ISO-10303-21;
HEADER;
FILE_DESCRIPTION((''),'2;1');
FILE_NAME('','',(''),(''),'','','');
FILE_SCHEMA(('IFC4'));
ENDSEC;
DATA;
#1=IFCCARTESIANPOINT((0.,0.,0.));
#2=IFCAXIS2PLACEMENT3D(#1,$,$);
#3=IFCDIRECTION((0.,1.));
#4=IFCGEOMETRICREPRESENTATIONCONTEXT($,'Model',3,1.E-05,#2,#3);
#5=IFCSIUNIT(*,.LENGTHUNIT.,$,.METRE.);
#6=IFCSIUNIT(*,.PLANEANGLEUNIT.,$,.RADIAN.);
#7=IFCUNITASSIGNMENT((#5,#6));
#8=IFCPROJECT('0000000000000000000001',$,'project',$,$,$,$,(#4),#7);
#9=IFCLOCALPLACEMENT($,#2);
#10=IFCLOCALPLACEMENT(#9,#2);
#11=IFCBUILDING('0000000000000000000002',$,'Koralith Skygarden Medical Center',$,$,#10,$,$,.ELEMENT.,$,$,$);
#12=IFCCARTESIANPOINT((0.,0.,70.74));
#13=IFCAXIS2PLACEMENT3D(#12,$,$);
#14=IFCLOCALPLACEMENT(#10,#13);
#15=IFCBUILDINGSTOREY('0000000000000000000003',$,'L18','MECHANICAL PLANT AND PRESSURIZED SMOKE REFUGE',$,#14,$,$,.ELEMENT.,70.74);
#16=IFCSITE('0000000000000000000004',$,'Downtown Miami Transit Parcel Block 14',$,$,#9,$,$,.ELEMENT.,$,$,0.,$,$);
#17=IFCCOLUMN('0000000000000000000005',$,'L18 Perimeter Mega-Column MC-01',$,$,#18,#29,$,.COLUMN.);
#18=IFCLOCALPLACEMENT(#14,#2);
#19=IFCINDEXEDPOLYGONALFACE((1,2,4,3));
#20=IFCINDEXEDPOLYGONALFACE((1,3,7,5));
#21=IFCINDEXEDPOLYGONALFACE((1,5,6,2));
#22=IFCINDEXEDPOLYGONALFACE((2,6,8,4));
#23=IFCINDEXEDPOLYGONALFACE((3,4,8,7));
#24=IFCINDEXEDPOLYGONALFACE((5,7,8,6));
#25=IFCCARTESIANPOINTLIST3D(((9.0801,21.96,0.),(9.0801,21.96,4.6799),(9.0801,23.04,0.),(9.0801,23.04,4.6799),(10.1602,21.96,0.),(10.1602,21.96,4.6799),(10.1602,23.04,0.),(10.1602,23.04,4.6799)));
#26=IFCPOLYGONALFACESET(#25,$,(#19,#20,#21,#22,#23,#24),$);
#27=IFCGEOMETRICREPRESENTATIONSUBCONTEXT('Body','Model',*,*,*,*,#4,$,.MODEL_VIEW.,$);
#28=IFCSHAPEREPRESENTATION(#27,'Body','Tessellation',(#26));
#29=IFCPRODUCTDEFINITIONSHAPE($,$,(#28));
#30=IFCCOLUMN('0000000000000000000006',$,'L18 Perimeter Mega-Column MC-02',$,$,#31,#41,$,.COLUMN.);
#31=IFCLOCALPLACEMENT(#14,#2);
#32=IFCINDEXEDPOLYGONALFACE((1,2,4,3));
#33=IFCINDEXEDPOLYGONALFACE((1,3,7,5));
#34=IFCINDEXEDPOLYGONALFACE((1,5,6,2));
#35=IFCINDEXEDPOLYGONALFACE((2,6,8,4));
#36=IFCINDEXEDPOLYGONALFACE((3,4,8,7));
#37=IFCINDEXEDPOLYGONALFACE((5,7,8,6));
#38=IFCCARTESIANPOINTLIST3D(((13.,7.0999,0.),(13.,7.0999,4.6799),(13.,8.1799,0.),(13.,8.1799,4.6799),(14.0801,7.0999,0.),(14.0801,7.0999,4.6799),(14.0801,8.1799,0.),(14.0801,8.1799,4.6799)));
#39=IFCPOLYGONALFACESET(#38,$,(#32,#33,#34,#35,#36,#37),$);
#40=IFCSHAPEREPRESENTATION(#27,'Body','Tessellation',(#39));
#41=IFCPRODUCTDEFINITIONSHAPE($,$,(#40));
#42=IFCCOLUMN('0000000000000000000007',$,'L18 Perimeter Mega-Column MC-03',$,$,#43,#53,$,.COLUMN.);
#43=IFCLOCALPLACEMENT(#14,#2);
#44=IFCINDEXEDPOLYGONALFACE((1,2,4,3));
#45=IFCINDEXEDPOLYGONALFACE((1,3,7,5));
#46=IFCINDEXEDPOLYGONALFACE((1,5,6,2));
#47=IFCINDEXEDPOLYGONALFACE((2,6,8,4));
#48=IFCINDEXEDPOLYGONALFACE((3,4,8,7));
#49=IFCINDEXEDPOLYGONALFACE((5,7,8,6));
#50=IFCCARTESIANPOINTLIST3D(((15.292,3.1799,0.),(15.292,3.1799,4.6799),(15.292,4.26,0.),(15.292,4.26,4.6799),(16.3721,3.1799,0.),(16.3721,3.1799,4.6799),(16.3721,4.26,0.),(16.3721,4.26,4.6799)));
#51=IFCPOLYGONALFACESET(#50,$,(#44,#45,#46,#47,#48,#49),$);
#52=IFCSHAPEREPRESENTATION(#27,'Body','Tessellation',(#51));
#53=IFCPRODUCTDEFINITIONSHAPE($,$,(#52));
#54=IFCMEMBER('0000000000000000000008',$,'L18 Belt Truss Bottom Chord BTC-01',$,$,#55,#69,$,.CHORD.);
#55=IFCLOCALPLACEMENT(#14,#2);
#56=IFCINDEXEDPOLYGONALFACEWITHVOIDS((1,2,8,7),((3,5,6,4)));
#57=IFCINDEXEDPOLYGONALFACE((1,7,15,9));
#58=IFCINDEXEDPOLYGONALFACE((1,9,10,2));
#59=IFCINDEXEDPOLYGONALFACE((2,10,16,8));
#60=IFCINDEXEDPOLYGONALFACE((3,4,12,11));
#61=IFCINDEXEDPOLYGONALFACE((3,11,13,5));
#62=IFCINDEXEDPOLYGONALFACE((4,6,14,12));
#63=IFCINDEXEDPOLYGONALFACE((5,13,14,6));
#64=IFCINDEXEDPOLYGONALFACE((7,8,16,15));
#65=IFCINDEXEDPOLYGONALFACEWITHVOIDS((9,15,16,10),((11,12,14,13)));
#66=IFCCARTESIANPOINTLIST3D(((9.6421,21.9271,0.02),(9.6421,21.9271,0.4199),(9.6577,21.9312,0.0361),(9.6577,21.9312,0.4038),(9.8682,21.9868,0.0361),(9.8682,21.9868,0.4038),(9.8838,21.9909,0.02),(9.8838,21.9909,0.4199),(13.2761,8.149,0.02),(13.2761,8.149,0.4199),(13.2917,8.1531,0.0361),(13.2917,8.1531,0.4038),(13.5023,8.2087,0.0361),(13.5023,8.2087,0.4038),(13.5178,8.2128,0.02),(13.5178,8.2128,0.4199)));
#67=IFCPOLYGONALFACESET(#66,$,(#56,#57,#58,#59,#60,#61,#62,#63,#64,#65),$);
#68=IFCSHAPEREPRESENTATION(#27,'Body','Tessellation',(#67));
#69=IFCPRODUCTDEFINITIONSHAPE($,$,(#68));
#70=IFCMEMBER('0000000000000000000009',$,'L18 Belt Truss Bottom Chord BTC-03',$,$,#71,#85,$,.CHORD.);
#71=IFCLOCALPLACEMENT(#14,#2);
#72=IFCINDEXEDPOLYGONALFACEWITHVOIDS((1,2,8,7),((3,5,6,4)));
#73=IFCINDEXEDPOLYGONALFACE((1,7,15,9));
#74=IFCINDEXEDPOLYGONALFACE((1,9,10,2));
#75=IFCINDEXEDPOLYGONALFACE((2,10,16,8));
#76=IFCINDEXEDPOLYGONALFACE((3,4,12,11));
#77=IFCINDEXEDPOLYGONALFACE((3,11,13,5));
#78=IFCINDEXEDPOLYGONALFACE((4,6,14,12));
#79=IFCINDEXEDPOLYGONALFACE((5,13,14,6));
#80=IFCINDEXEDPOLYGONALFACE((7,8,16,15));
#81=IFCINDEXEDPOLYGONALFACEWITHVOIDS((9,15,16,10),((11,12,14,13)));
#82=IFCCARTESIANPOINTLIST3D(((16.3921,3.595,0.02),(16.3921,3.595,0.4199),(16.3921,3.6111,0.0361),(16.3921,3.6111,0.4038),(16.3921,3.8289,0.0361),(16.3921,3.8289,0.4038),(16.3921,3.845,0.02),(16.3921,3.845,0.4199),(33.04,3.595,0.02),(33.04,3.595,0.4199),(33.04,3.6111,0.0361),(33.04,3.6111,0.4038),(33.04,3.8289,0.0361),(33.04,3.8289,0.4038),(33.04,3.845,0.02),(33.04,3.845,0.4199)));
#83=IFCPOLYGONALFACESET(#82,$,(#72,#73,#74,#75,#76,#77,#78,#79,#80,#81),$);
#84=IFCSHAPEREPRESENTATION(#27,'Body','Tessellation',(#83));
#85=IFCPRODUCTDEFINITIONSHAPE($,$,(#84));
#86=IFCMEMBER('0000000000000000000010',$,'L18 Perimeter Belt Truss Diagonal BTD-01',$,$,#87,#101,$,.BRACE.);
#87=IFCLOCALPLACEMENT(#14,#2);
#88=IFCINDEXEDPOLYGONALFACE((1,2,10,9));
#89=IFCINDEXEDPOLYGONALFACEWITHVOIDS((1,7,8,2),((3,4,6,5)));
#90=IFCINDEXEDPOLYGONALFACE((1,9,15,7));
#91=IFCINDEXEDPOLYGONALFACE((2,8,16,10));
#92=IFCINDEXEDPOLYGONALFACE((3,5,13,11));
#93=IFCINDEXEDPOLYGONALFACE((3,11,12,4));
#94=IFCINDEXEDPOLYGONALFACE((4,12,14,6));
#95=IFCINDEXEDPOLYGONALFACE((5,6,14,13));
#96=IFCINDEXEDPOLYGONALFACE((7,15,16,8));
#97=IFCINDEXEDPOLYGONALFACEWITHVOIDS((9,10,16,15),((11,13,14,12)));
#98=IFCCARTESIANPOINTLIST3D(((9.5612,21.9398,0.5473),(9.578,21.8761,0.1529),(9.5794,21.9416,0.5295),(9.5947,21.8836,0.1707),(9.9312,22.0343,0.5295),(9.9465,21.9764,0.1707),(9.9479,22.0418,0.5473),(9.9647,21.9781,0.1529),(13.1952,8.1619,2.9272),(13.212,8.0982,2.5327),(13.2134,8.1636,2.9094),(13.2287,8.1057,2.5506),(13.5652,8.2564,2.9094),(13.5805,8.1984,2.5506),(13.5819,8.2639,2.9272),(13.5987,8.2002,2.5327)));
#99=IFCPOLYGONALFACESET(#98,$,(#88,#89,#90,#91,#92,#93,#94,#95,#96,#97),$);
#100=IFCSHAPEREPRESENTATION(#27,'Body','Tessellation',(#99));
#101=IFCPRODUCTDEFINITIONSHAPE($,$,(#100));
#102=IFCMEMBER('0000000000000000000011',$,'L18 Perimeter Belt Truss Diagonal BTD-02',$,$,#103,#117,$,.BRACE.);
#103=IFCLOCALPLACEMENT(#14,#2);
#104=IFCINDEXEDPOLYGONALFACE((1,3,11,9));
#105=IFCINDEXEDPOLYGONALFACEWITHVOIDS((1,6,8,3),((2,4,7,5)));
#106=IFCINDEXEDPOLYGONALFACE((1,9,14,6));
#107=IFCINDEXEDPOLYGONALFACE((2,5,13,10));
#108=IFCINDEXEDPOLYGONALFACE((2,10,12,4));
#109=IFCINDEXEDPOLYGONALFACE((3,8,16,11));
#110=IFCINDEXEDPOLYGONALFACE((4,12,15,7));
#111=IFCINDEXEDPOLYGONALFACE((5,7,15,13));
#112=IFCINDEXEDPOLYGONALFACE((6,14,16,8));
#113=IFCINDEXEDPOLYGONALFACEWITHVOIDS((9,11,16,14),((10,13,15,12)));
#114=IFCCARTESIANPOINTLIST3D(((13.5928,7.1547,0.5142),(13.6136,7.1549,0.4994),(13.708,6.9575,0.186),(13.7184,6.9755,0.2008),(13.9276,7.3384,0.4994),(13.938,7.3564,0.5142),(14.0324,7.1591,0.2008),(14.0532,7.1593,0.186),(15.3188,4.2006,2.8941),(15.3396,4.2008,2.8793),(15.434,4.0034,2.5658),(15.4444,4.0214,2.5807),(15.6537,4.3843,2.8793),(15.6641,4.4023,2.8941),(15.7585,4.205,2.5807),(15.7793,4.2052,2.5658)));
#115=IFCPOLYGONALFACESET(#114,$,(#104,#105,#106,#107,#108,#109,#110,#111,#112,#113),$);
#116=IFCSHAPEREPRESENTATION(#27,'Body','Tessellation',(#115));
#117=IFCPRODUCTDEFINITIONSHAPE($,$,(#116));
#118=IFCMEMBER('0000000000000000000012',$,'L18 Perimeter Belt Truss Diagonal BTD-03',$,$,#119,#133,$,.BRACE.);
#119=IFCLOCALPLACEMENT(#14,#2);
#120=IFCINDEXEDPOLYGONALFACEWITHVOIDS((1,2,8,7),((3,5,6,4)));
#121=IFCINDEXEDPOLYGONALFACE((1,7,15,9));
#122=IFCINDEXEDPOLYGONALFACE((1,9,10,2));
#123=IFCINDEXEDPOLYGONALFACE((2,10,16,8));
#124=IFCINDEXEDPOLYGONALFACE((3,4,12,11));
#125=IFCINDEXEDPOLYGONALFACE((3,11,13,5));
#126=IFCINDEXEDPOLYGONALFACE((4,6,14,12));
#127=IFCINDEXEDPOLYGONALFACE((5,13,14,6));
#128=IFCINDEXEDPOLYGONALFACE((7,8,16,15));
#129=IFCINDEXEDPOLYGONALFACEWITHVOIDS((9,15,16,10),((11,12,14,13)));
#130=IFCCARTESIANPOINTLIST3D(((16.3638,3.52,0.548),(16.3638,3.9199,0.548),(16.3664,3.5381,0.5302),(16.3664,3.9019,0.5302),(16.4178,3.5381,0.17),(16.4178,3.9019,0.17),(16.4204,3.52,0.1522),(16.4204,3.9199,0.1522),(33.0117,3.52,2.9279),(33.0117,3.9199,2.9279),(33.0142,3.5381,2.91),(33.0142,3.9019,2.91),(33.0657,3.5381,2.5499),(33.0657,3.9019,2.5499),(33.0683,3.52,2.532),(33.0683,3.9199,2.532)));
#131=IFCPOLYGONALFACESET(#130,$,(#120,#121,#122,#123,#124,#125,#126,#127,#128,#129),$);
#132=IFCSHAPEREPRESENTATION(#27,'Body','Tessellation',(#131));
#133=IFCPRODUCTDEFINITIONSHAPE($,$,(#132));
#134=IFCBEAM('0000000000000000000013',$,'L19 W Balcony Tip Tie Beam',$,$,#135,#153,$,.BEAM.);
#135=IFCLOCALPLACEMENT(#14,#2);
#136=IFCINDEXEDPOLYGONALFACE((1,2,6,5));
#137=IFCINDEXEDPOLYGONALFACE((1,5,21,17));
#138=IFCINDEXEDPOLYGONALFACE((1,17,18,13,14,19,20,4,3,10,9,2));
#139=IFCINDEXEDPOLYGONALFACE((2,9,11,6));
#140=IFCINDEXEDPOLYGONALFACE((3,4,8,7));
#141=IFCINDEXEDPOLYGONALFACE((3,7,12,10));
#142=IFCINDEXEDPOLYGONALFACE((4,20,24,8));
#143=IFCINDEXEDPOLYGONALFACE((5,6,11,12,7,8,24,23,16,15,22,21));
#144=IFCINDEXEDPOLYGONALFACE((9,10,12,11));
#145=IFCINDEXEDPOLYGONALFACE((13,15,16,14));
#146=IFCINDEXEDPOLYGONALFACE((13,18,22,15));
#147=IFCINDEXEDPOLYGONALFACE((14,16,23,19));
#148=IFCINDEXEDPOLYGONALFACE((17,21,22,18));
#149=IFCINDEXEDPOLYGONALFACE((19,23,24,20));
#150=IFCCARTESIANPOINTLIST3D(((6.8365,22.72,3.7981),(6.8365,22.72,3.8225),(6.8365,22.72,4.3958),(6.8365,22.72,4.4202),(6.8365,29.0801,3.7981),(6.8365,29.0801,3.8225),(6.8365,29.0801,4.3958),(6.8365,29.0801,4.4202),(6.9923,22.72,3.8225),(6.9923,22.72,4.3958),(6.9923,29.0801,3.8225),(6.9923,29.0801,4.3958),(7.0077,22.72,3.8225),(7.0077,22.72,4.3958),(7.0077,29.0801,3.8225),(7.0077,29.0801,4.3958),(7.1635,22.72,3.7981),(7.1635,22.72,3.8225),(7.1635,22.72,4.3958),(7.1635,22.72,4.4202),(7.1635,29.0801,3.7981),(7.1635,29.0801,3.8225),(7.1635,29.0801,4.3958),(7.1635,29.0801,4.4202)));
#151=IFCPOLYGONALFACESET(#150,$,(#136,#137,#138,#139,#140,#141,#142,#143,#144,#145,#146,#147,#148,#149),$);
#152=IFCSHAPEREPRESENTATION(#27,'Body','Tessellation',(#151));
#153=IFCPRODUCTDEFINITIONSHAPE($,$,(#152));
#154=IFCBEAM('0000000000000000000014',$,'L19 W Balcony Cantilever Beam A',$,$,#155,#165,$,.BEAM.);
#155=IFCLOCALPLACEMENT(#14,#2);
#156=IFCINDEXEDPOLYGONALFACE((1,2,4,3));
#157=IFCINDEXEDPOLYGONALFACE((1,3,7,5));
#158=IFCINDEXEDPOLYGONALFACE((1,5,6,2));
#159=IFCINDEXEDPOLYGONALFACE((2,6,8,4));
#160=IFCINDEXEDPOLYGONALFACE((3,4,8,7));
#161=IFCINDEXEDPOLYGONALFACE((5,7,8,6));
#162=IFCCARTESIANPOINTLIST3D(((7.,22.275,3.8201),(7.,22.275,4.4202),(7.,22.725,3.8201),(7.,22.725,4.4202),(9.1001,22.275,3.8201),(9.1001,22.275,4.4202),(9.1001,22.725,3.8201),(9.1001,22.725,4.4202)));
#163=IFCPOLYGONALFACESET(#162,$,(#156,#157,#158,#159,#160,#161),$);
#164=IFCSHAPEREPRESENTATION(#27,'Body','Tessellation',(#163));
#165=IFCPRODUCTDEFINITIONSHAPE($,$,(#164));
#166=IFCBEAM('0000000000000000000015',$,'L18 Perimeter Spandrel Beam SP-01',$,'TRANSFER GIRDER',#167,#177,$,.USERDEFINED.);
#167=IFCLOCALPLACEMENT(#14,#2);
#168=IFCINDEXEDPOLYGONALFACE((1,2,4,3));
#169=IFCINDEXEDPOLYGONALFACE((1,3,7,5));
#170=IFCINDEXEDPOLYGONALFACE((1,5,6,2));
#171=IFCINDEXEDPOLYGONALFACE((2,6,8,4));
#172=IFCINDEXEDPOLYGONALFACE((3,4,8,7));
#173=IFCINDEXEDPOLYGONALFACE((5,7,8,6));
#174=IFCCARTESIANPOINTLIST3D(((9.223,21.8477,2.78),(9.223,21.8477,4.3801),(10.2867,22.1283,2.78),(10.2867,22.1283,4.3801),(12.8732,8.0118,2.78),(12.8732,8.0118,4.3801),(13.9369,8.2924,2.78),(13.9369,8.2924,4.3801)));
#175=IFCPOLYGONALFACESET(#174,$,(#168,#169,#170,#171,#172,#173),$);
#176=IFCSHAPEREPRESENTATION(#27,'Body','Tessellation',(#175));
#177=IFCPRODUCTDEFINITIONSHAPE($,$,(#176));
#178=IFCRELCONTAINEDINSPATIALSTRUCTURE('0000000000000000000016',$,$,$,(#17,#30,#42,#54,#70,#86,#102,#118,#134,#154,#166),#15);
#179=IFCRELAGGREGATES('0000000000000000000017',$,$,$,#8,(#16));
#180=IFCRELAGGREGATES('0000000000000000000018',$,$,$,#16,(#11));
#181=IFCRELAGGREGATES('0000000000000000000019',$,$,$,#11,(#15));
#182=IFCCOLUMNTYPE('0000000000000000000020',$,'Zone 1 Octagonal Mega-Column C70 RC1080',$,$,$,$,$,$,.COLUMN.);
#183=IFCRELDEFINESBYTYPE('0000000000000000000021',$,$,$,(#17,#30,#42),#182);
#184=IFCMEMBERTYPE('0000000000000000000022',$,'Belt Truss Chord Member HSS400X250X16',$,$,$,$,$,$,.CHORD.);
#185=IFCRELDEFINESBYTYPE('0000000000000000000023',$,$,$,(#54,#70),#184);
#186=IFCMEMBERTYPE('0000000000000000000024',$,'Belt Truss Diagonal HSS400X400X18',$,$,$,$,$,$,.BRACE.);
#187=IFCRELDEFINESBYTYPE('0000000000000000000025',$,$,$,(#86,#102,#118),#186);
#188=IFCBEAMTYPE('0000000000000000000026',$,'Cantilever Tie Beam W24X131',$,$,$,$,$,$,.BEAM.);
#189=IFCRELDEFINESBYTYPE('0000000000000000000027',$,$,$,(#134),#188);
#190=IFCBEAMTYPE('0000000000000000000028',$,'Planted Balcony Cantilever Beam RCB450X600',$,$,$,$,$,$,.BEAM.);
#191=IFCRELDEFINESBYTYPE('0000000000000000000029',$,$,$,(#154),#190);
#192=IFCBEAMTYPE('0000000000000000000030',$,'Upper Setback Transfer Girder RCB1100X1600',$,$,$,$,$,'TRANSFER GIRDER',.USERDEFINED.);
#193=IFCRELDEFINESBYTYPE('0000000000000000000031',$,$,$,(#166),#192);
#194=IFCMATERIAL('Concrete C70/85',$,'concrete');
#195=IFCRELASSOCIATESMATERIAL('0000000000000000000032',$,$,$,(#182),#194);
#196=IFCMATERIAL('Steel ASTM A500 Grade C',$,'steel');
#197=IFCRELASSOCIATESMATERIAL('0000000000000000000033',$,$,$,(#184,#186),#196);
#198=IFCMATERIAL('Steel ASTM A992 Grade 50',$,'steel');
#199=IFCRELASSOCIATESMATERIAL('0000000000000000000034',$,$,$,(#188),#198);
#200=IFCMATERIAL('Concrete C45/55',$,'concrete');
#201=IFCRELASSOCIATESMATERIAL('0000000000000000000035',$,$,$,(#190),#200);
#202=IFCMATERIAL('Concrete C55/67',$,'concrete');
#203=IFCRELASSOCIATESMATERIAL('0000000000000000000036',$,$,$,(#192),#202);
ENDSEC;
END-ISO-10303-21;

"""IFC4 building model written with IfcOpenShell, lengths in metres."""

from ifc_helpers import new_model, si_unit, direction, frame, origin, origin_2d, place, context, subcontext, project, spatial, rectangle, hollow_rectangle, i_section, extrude, material, material_profile, profile_set, type_object, element, save


model = new_model("IFC4")

# Units and contexts
model_context = context("Model", 3, precision=1e-05, world=origin(), true_north=direction((0.0, 1.0)))
body_context = subcontext(model_context, "Body", "Model", "MODEL_VIEW")
ifc_project = project(units=[si_unit("LENGTHUNIT", "METRE"), si_unit("PLANEANGLEUNIT", "RADIAN")], contexts=[model_context])

# Site, building, storey
site_placement = place(None, origin())
site = spatial("IfcSite", under=ifc_project, at=site_placement, Name="Downtown Miami Transit Parcel Block 14", CompositionType="ELEMENT", RefElevation=0.0)
building_placement = place(site_placement, origin())
building = spatial("IfcBuilding", under=site, at=building_placement, Name="Koralith Skygarden Medical Center", CompositionType="ELEMENT")
storey_placement = place(building_placement, frame((0.0, 0.0, 70.74)))
storey = spatial("IfcBuildingStorey", under=building, at=storey_placement, Name="L18", Description="MECHANICAL PLANT AND PRESSURIZED SMOKE REFUGE", CompositionType="ELEMENT", Elevation=70.74)

# Columns
ifc_material_1 = material(Name="Concrete C70/85", Category="concrete")
ifc_material_profile_1 = material_profile(ifc_material_1, rectangle(XDim=1.0801, YDim=1.0801, at=origin_2d()), Name="RC1080X1080")
ifc_profile_set_1 = profile_set([ifc_material_profile_1], Name="Concrete C70/85")
column_type = type_object("IfcColumnType", Name="Zone 1 Octagonal Mega-Column C70 RC1080", PredefinedType="COLUMN", material=ifc_profile_set_1)
for number, where, z_axis, x_axis, name in (
    (1, (9.6201, 22.5, 0.0), (0.0, 0.0, 1.0), (1.0, 0.0, 0.0), "L18 Perimeter Mega-Column MC-01"),
    (2, (13.54, 7.6399, 0.0), (0.0, 0.0, 1.0), (1.0, 0.0, 0.0), "L18 Perimeter Mega-Column MC-02"),
    (3, (15.832, 3.72, 0.0), (0.0, 0.0, 1.0), (1.0, 0.0, 0.0), "L18 Perimeter Mega-Column MC-03"),
):
    element("IfcColumn", number, at=place(storey_placement, frame(where, z_axis=z_axis, x_axis=x_axis)), inside=storey, type_object=column_type, Name=name, PredefinedType="COLUMN", context=body_context, shape_type="SweptSolid", body=[
        extrude(rectangle(XDim=1.0801, YDim=1.0801, at=origin_2d()), origin(), (0.0, 0.0, 1.0), 4.6799),
    ])

# Members
ifc_material_2 = material(Name="Steel ASTM A500 Grade C", Category="steel")
ifc_material_profile_2 = material_profile(ifc_material_2, hollow_rectangle(XDim=0.25, YDim=0.3999, WallThickness=0.0161, at=origin_2d()), Name="HSS400X250X16")
ifc_profile_set_2 = profile_set([ifc_material_profile_2], Name="Steel ASTM A500 Grade C")
member_type_1 = type_object("IfcMemberType", Name="Belt Truss Chord Member HSS400X250X16", PredefinedType="CHORD", material=ifc_profile_set_2)
member_1_placement = place(storey_placement, frame((9.7629, 21.959, 0.22), z_axis=(0.255033, -0.966932, 0.0), x_axis=(0.966932, 0.255033, 0.0)))
element("IfcMember", 4, at=member_1_placement, inside=storey, type_object=member_type_1, Name="L18 Belt Truss Bottom Chord BTC-01", PredefinedType="CHORD", context=body_context, shape_type="SweptSolid", body=[
    extrude(hollow_rectangle(XDim=0.25, YDim=0.3999, WallThickness=0.0161, at=origin_2d()), origin(), (0.0, 0.0, 1.0), 14.2493),
])
member_2_placement = place(storey_placement, frame((16.3921, 3.72, 0.22), z_axis=(1.0, 0.0, 0.0), x_axis=(0.0, 1.0, 0.0)))
element("IfcMember", 5, at=member_2_placement, inside=storey, type_object=member_type_1, Name="L18 Belt Truss Bottom Chord BTC-03", PredefinedType="CHORD", context=body_context, shape_type="SweptSolid", body=[
    extrude(hollow_rectangle(XDim=0.25, YDim=0.3999, WallThickness=0.0161, at=origin_2d()), origin(), (0.0, 0.0, 1.0), 16.6479),
])
ifc_material_profile_3 = material_profile(ifc_material_2, hollow_rectangle(XDim=0.3999, YDim=0.3999, WallThickness=0.0181, at=origin_2d()), Name="HSS400X400X18")
ifc_profile_set_3 = profile_set([ifc_material_profile_3], Name="Steel ASTM A500 Grade C")
member_type_2 = type_object("IfcMemberType", Name="Belt Truss Diagonal HSS400X400X18", PredefinedType="BRACE", material=ifc_profile_set_3)
member_3_placement = place(storey_placement, frame((9.7629, 21.959, 0.3501), z_axis=(0.251549, -0.953722, 0.164736), x_axis=(0.966932, 0.255033, 0.0)))
element("IfcMember", 6, at=member_3_placement, inside=storey, type_object=member_type_2, Name="L18 Perimeter Belt Truss Diagonal BTD-01", PredefinedType="BRACE", context=body_context, shape_type="SweptSolid", body=[
    extrude(hollow_rectangle(XDim=0.3999, YDim=0.3999, WallThickness=0.0181, at=origin_2d()), origin(), (0.0, 0.0, 1.0), 14.4465),
])
member_4_placement = place(storey_placement, frame((13.823, 7.157, 0.3501), z_axis=(0.414153, -0.708805, 0.571028), x_axis=(0.863416, 0.504492, 0.0)))
element("IfcMember", 7, at=member_4_placement, inside=storey, type_object=member_type_2, Name="L18 Perimeter Belt Truss Diagonal BTD-02", PredefinedType="BRACE", context=body_context, shape_type="SweptSolid", body=[
    extrude(hollow_rectangle(XDim=0.3999, YDim=0.3999, WallThickness=0.0181, at=origin_2d()), origin(), (0.0, 0.0, 1.0), 4.1677),
])
member_5_placement = place(storey_placement, frame((16.3921, 3.72, 0.3501), z_axis=(0.989936, 0.0, 0.141515), x_axis=(0.0, 1.0, 0.0)))
element("IfcMember", 8, at=member_5_placement, inside=storey, type_object=member_type_2, Name="L18 Perimeter Belt Truss Diagonal BTD-03", PredefinedType="BRACE", context=body_context, shape_type="SweptSolid", body=[
    extrude(hollow_rectangle(XDim=0.3999, YDim=0.3999, WallThickness=0.0181, at=origin_2d()), origin(), (0.0, 0.0, 1.0), 16.8171),
])

# Beams
ifc_material_3 = material(Name="Steel ASTM A992 Grade 50", Category="steel")
ifc_material_profile_4 = material_profile(ifc_material_3, i_section(OverallWidth=0.3269, OverallDepth=0.6221, WebThickness=0.0154, FlangeThickness=0.0244, at=origin_2d()), Name="W24X131")
ifc_profile_set_4 = profile_set([ifc_material_profile_4], Name="Steel ASTM A992 Grade 50")
beam_type_1 = type_object("IfcBeamType", Name="Cantilever Tie Beam W24X131", PredefinedType="BEAM", material=ifc_profile_set_4)
beam_1_placement = place(storey_placement, frame((7.0, 22.72, 4.1091), z_axis=(0.0, 1.0, 0.0), x_axis=(-1.0, 0.0, 0.0)))
element("IfcBeam", 9, at=beam_1_placement, inside=storey, type_object=beam_type_1, Name="L19 W Balcony Tip Tie Beam", PredefinedType="BEAM", context=body_context, shape_type="SweptSolid", body=[
    extrude(i_section(OverallWidth=0.3269, OverallDepth=0.6221, WebThickness=0.0154, FlangeThickness=0.0244, at=origin_2d()), origin(), (0.0, 0.0, 1.0), 6.3601),
])
ifc_material_4 = material(Name="Concrete C45/55", Category="concrete")
ifc_material_profile_5 = material_profile(ifc_material_4, rectangle(XDim=0.45, YDim=0.6001, at=origin_2d()), Name="RCB450X600")
ifc_profile_set_5 = profile_set([ifc_material_profile_5], Name="Concrete C45/55")
beam_type_2 = type_object("IfcBeamType", Name="Planted Balcony Cantilever Beam RCB450X600", PredefinedType="BEAM", material=ifc_profile_set_5)
beam_2_placement = place(storey_placement, frame((9.1001, 22.5, 4.1201), z_axis=(-1.0, 0.0, 0.0), x_axis=(0.0, -1.0, 0.0)))
element("IfcBeam", 10, at=beam_2_placement, inside=storey, type_object=beam_type_2, Name="L19 W Balcony Cantilever Beam A", PredefinedType="BEAM", context=body_context, shape_type="SweptSolid", body=[
    extrude(rectangle(XDim=0.45, YDim=0.6001, at=origin_2d()), origin(), (0.0, 0.0, 1.0), 2.1001),
])
ifc_material_5 = material(Name="Concrete C55/67", Category="concrete")
ifc_material_profile_6 = material_profile(ifc_material_5, rectangle(XDim=1.1001, YDim=1.6001, at=origin_2d()), Name="RCB1100X1600")
ifc_profile_set_6 = profile_set([ifc_material_profile_6], Name="Concrete C55/67")
beam_type_3 = type_object("IfcBeamType", Name="Upper Setback Transfer Girder RCB1100X1600", ElementType="TRANSFER GIRDER", PredefinedType="USERDEFINED", material=ifc_profile_set_6)
beam_3_placement = place(storey_placement, frame((9.7549, 21.988, 3.5801), z_axis=(0.255089, -0.966918, 0.0), x_axis=(0.966918, 0.255089, 0.0)))
element("IfcBeam", 11, at=beam_3_placement, inside=storey, type_object=beam_type_3, Name="L18 Perimeter Spandrel Beam SP-01", ObjectType="TRANSFER GIRDER", PredefinedType="USERDEFINED", context=body_context, shape_type="SweptSolid", body=[
    extrude(rectangle(XDim=1.1001, YDim=1.6001, at=origin_2d()), origin(), (0.0, 0.0, 1.0), 14.3093),
])

save(model, "model.ifc")
